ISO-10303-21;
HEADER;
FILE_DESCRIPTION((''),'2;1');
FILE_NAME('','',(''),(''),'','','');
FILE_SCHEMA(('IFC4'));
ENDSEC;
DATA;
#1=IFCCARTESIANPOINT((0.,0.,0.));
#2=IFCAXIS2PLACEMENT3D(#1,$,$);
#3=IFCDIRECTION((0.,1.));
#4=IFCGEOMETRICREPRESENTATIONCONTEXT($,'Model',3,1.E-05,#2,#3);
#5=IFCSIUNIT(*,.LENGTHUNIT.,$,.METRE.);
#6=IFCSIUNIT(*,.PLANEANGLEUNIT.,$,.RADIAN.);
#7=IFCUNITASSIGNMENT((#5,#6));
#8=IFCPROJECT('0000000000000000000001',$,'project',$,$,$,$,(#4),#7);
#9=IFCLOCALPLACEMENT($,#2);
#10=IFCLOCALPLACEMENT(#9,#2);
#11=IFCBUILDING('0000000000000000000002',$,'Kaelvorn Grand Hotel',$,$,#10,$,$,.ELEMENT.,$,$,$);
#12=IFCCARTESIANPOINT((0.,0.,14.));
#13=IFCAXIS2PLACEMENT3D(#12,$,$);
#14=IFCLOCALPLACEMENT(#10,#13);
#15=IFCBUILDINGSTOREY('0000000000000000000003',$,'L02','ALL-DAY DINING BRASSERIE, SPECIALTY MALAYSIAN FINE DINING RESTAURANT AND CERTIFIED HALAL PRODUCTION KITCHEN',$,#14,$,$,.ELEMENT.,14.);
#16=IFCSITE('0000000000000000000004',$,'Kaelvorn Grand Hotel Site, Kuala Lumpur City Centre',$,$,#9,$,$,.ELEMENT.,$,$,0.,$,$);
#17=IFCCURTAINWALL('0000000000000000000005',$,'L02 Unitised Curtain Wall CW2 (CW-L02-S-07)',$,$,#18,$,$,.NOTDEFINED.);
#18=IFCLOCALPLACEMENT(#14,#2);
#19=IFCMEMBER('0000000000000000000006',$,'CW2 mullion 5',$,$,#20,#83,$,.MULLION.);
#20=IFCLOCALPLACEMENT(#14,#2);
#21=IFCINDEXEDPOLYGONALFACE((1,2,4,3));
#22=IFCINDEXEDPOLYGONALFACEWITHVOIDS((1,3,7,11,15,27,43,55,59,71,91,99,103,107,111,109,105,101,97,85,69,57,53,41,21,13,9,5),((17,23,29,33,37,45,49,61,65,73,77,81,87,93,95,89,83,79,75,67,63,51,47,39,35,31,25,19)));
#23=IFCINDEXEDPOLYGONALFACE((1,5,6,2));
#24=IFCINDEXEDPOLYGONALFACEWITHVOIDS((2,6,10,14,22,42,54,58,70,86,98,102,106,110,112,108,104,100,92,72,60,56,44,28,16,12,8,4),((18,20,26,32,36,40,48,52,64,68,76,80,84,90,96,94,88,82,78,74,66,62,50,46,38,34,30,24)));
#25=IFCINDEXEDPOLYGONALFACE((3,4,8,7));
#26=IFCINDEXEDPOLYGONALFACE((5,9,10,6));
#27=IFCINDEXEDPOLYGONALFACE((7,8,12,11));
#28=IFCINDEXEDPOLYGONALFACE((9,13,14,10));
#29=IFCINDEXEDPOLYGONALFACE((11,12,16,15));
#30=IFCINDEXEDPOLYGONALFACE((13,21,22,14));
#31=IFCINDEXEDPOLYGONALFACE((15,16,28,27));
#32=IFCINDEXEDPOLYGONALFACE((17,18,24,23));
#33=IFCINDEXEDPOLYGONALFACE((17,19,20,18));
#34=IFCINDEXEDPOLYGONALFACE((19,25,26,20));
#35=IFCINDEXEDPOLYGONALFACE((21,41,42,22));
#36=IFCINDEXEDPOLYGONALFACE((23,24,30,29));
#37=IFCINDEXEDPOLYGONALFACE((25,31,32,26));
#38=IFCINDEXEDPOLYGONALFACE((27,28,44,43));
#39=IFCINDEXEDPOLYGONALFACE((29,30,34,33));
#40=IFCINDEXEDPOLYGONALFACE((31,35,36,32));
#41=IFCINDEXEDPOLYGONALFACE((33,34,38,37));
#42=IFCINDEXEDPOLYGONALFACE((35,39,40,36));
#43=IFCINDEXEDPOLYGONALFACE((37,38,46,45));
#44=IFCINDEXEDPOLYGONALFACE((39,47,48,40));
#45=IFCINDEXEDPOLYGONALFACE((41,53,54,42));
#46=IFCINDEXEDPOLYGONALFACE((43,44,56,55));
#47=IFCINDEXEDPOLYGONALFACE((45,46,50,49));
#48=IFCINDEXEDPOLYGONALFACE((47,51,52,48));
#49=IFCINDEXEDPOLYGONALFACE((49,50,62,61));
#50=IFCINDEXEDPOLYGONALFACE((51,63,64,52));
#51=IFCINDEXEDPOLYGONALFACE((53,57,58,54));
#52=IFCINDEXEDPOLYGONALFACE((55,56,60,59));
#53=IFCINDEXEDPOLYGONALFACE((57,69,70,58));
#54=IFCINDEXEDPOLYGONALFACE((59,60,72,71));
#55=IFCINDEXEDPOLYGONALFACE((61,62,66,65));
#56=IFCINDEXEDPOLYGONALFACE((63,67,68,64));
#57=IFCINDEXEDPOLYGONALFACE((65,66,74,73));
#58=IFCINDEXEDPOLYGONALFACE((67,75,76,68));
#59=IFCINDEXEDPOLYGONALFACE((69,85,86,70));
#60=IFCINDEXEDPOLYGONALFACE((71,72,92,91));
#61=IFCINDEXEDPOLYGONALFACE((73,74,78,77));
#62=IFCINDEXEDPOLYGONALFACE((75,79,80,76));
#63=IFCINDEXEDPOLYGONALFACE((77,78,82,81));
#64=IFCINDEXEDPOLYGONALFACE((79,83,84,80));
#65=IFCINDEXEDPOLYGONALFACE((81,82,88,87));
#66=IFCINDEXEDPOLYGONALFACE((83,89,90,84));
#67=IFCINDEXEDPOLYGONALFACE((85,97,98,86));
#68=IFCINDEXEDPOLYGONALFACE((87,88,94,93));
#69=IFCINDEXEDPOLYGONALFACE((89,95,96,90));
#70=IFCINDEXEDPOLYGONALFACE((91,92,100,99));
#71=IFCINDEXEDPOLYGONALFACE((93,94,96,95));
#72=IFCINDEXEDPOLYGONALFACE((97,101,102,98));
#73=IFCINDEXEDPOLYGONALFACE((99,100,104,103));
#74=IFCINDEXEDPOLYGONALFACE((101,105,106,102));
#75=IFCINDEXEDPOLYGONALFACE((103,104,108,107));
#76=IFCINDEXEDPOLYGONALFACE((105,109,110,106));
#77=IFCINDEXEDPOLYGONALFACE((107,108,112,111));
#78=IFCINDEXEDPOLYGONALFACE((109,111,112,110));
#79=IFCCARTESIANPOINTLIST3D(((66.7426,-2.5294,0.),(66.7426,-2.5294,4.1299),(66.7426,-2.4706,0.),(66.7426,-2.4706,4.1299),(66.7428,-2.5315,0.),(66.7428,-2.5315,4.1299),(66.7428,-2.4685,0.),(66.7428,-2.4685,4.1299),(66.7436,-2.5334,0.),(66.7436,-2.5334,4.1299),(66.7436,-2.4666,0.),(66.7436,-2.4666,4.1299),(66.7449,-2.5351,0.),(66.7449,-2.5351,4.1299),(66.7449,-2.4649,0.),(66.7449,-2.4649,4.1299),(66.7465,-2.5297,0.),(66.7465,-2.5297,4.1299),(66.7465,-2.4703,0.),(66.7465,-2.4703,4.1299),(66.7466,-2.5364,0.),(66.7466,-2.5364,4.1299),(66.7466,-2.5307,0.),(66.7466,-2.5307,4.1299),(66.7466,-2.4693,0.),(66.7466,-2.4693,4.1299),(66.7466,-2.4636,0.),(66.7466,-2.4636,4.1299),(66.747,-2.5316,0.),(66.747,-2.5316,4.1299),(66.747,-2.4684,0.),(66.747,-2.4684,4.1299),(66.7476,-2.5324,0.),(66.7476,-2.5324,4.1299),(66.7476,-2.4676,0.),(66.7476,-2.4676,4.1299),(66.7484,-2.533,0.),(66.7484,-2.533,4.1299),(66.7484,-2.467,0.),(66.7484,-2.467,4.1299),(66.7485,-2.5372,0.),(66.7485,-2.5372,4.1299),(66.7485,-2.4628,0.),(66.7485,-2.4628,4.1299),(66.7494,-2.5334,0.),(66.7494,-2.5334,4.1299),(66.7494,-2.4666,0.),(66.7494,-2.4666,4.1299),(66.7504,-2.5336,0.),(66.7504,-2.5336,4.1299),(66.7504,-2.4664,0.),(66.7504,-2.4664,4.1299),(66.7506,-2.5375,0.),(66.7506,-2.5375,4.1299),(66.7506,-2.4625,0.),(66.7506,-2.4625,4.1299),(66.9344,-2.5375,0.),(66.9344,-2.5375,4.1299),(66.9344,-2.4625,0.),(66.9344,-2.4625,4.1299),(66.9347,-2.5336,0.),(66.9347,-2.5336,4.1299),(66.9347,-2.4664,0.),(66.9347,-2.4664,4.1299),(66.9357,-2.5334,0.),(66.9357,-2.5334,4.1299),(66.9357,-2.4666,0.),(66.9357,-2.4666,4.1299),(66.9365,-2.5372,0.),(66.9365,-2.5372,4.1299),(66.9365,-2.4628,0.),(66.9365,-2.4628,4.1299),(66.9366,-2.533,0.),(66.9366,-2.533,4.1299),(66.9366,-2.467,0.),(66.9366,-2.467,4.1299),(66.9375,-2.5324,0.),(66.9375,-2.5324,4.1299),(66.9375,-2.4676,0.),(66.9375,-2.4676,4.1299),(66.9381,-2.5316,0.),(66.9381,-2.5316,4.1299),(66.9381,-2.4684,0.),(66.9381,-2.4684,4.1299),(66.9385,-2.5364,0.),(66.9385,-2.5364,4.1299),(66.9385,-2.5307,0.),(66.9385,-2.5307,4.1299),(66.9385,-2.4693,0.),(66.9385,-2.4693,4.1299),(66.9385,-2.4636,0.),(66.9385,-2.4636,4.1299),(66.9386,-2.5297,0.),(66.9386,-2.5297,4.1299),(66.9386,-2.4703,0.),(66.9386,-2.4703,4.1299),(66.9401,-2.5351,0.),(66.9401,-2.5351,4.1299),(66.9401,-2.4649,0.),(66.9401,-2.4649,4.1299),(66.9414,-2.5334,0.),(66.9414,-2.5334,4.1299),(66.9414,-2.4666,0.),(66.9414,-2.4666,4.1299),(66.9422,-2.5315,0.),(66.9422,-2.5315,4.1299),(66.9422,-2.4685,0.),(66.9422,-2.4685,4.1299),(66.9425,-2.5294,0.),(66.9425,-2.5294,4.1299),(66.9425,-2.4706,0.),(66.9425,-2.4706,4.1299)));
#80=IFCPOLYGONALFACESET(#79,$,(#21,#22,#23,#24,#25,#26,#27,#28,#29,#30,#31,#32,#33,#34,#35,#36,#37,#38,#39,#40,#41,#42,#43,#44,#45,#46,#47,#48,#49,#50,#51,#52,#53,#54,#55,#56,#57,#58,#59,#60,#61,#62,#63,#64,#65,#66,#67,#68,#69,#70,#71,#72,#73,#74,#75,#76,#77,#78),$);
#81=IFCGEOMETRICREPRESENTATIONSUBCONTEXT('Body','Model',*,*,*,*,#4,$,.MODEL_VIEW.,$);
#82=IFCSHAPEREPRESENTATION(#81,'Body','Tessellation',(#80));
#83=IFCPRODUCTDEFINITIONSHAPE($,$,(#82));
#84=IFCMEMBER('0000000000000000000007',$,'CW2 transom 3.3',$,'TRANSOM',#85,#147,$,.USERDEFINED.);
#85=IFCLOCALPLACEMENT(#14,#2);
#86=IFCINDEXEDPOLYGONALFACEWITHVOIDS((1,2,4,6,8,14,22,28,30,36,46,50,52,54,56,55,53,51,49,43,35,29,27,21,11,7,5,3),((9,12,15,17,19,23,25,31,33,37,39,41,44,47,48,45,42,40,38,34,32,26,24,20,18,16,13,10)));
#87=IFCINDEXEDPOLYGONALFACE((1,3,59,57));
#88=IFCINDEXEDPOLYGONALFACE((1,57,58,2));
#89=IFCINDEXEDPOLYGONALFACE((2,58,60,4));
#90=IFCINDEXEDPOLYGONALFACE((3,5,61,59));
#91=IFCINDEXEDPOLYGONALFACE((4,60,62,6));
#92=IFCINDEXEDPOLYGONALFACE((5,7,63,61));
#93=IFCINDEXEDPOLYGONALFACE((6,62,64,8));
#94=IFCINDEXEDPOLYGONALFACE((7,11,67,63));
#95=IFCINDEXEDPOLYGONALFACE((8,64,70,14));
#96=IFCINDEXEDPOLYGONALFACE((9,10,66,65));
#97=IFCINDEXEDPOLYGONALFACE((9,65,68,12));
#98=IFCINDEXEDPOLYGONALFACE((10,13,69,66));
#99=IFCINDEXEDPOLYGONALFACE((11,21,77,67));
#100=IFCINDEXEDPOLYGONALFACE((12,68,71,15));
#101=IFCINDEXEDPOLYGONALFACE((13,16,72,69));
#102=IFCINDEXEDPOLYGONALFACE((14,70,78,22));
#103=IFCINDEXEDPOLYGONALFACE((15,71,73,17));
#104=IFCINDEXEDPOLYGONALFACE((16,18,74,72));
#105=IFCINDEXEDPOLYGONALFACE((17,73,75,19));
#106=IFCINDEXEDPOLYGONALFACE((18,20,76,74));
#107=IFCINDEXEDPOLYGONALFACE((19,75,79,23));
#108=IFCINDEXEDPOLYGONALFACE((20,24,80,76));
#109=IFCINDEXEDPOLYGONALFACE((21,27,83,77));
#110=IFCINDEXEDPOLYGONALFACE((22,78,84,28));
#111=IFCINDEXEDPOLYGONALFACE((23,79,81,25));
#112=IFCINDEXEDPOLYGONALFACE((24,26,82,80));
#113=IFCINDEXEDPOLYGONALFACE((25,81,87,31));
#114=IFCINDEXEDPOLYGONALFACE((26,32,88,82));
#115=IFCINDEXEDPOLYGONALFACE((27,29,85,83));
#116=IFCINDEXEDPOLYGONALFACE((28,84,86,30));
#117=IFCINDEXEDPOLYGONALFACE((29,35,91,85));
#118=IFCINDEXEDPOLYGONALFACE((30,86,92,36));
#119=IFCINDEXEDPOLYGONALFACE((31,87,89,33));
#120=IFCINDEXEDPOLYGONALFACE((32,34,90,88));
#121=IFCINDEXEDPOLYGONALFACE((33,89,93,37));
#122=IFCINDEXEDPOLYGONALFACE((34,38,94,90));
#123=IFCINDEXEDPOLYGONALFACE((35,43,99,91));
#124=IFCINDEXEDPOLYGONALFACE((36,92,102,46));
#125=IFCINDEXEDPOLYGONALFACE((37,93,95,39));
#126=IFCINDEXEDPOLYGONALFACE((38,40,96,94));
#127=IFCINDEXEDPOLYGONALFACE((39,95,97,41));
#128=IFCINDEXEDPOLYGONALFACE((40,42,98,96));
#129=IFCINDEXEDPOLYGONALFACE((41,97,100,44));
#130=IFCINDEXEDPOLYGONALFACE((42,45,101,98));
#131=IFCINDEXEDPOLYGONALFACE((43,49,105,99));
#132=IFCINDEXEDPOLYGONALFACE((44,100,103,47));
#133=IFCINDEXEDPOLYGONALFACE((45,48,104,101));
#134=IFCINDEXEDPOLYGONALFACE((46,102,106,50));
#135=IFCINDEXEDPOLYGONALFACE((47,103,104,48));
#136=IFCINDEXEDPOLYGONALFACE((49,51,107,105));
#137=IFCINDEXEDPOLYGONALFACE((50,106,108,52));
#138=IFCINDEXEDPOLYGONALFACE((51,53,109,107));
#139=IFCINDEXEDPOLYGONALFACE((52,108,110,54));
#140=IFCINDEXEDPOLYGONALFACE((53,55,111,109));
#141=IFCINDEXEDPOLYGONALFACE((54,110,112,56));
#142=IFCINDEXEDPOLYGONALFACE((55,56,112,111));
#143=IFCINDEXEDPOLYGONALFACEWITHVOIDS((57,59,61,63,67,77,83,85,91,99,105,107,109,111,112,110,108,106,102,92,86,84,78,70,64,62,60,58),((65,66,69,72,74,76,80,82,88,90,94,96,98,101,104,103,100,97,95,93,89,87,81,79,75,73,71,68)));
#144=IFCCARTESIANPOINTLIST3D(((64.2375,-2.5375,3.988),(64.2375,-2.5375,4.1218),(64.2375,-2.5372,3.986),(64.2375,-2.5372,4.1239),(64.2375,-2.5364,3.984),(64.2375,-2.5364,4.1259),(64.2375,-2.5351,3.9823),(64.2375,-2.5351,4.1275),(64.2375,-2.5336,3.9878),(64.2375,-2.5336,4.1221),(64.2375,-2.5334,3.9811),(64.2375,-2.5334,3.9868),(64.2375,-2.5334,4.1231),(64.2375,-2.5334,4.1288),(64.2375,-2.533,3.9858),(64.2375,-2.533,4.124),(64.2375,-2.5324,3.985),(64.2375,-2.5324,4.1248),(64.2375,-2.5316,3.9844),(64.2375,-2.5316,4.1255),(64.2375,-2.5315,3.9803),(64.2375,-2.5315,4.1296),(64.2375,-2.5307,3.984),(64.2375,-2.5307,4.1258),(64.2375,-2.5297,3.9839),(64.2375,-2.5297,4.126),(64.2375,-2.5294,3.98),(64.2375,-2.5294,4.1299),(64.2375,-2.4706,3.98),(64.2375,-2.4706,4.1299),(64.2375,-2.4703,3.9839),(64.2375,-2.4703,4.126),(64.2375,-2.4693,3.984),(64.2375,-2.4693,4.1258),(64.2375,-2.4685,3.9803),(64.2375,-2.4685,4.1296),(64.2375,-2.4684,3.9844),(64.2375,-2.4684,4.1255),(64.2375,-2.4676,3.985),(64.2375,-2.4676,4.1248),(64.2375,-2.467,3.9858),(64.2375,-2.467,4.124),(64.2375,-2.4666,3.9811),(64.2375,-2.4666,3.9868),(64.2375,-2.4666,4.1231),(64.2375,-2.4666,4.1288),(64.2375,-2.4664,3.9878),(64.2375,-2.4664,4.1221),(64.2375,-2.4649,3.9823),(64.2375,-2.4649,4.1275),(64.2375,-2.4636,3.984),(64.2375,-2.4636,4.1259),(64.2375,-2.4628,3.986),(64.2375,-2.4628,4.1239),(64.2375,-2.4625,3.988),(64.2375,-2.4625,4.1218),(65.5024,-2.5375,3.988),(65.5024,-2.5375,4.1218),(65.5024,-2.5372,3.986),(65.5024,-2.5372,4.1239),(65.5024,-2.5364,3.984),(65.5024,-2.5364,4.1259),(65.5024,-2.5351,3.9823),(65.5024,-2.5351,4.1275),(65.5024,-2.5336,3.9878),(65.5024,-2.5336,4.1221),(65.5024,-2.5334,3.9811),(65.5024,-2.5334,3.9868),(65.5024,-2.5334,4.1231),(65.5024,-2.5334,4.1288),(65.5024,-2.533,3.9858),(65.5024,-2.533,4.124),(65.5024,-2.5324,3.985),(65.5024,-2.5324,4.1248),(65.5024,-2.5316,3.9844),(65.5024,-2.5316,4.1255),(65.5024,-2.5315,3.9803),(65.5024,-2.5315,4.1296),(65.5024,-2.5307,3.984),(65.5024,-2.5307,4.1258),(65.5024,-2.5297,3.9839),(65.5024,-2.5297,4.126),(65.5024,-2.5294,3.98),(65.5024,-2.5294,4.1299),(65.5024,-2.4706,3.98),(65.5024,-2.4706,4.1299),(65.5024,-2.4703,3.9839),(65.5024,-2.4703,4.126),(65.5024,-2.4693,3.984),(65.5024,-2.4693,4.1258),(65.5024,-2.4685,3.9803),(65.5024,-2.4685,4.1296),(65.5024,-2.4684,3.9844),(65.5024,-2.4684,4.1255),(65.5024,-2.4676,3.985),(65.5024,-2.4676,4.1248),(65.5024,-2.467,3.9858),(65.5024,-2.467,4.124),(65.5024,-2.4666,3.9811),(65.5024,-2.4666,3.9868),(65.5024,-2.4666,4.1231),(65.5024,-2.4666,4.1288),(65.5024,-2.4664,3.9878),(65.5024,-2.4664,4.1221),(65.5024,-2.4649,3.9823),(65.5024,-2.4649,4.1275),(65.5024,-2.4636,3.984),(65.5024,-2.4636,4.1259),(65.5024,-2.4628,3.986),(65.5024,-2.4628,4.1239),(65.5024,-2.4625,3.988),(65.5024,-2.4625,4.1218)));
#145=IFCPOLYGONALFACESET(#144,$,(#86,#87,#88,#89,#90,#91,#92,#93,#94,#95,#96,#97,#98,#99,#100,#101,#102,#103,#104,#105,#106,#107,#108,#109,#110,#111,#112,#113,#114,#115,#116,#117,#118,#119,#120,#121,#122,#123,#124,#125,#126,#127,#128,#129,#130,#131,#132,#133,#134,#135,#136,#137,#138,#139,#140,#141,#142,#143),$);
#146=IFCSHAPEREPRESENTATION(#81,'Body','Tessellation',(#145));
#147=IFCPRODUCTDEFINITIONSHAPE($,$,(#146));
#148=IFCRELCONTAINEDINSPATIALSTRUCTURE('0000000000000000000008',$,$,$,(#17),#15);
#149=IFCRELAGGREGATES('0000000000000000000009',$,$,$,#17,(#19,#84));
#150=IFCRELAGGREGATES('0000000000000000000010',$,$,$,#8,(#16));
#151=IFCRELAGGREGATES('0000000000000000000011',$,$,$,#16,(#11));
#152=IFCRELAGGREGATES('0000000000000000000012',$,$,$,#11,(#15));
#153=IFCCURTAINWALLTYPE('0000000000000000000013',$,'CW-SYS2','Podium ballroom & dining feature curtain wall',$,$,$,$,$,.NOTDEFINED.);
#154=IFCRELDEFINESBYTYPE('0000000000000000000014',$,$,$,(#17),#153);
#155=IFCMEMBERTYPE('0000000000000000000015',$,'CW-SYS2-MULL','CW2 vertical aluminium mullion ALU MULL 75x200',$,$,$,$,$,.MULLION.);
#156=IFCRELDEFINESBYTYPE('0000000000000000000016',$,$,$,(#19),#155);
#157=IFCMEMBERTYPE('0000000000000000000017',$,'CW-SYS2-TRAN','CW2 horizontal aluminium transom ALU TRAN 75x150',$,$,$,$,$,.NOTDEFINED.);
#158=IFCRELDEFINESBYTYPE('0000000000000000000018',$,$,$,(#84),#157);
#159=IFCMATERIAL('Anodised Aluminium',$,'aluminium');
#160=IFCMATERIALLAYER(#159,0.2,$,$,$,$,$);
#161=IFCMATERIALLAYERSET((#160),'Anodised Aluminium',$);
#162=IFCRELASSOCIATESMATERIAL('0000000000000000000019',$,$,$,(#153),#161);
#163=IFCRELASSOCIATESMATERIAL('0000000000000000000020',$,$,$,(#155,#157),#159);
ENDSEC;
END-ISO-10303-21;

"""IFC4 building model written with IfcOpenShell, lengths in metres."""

from ifc_helpers import new_model, si_unit, direction, frame, origin, origin_2d, place, context, subcontext, project, spatial, hollow_rectangle, extrude, material, layer, layer_set, material_profile, profile_set, type_object, element, aggregate, save


model = new_model("IFC4")

# Units and contexts
model_context = context("Model", 3, precision=1e-05, world=origin(), true_north=direction((0.0, 1.0)))
body_context = subcontext(model_context, "Body", "Model", "MODEL_VIEW")
ifc_project = project(units=[si_unit("LENGTHUNIT", "METRE"), si_unit("PLANEANGLEUNIT", "RADIAN")], contexts=[model_context])

# Site, building, storey
site_placement = place(None, origin())
site = spatial("IfcSite", under=ifc_project, at=site_placement, Name="Kaelvorn Grand Hotel Site, Kuala Lumpur City Centre", CompositionType="ELEMENT", RefElevation=0.0)
building_placement = place(site_placement, origin())
building = spatial("IfcBuilding", under=site, at=building_placement, Name="Kaelvorn Grand Hotel", CompositionType="ELEMENT")
storey_placement = place(building_placement, frame((0.0, 0.0, 14.0)))
storey = spatial("IfcBuildingStorey", under=building, at=storey_placement, Name="L02", Description="ALL-DAY DINING BRASSERIE, SPECIALTY MALAYSIAN FINE DINING RESTAURANT AND CERTIFIED HALAL PRODUCTION KITCHEN", CompositionType="ELEMENT", Elevation=14.0)

# Curtain wall, members
ifc_material_1 = material(Name="Anodised Aluminium", Category="aluminium")
ifc_layer_1 = layer(ifc_material_1, 0.2)
ifc_layer_set_1 = layer_set([ifc_layer_1], Name="Anodised Aluminium")
curtain_wall_type = type_object("IfcCurtainWallType", Name="CW-SYS2", Description="Podium ballroom & dining feature curtain wall", PredefinedType="NOTDEFINED", material=ifc_layer_set_1)
curtain_wall_placement = place(storey_placement, origin())
curtain_wall = element("IfcCurtainWall", 1, at=curtain_wall_placement, inside=storey, type_object=curtain_wall_type, Name="L02 Unitised Curtain Wall CW2 (CW-L02-S-07)", PredefinedType="NOTDEFINED")
ifc_material_profile_1 = material_profile(ifc_material_1, hollow_rectangle(XDim=0.075, YDim=0.2, WallThickness=0.0039, InnerFilletRadius=0.0039, OuterFilletRadius=0.0081, at=origin_2d()), Name="ALU MULL 75x200")
ifc_profile_set_1 = profile_set([ifc_material_profile_1], Name="Anodised Aluminium")
member_type_1 = type_object("IfcMemberType", Name="CW-SYS2-MULL", Description="CW2 vertical aluminium mullion ALU MULL 75x200", PredefinedType="MULLION", material=ifc_profile_set_1)
member_1_placement = place(storey_placement, frame((66.8425, -2.5, 0.0), z_axis=(0.0, 0.0, 1.0), x_axis=(0.0, 1.0, 0.0)))
member_1 = element("IfcMember", 2, at=member_1_placement, type_object=member_type_1, Name="CW2 mullion 5", PredefinedType="MULLION", context=body_context, shape_type="SweptSolid", body=[
    extrude(hollow_rectangle(XDim=0.075, YDim=0.2, WallThickness=0.0039, InnerFilletRadius=0.0039, OuterFilletRadius=0.0081, at=origin_2d()), origin(), (0.0, 0.0, 1.0), 4.1299),
])
ifc_material_profile_2 = material_profile(ifc_material_1, hollow_rectangle(XDim=0.075, YDim=0.1499, WallThickness=0.0039, InnerFilletRadius=0.0039, OuterFilletRadius=0.0081, at=origin_2d()), Name="ALU TRAN 75x150")
ifc_profile_set_2 = profile_set([ifc_material_profile_2], Name="Anodised Aluminium")
member_type_2 = type_object("IfcMemberType", Name="CW-SYS2-TRAN", Description="CW2 horizontal aluminium transom ALU TRAN 75x150", PredefinedType="NOTDEFINED", material=ifc_profile_set_2)
member_2_placement = place(storey_placement, frame((64.2375, -2.5, 4.0549), z_axis=(1.0, 0.0, 0.0), x_axis=(0.0, 1.0, 0.0)))
member_2 = element("IfcMember", 3, at=member_2_placement, type_object=member_type_2, Name="CW2 transom 3.3", ObjectType="TRANSOM", PredefinedType="USERDEFINED", context=body_context, shape_type="SweptSolid", body=[
    extrude(hollow_rectangle(XDim=0.075, YDim=0.1499, WallThickness=0.0039, InnerFilletRadius=0.0039, OuterFilletRadius=0.0081, at=origin_2d()), origin(), (0.0, 0.0, 1.0), 1.2649),
])
aggregate(curtain_wall, [member_1, member_2])

save(model, "model.ifc")
